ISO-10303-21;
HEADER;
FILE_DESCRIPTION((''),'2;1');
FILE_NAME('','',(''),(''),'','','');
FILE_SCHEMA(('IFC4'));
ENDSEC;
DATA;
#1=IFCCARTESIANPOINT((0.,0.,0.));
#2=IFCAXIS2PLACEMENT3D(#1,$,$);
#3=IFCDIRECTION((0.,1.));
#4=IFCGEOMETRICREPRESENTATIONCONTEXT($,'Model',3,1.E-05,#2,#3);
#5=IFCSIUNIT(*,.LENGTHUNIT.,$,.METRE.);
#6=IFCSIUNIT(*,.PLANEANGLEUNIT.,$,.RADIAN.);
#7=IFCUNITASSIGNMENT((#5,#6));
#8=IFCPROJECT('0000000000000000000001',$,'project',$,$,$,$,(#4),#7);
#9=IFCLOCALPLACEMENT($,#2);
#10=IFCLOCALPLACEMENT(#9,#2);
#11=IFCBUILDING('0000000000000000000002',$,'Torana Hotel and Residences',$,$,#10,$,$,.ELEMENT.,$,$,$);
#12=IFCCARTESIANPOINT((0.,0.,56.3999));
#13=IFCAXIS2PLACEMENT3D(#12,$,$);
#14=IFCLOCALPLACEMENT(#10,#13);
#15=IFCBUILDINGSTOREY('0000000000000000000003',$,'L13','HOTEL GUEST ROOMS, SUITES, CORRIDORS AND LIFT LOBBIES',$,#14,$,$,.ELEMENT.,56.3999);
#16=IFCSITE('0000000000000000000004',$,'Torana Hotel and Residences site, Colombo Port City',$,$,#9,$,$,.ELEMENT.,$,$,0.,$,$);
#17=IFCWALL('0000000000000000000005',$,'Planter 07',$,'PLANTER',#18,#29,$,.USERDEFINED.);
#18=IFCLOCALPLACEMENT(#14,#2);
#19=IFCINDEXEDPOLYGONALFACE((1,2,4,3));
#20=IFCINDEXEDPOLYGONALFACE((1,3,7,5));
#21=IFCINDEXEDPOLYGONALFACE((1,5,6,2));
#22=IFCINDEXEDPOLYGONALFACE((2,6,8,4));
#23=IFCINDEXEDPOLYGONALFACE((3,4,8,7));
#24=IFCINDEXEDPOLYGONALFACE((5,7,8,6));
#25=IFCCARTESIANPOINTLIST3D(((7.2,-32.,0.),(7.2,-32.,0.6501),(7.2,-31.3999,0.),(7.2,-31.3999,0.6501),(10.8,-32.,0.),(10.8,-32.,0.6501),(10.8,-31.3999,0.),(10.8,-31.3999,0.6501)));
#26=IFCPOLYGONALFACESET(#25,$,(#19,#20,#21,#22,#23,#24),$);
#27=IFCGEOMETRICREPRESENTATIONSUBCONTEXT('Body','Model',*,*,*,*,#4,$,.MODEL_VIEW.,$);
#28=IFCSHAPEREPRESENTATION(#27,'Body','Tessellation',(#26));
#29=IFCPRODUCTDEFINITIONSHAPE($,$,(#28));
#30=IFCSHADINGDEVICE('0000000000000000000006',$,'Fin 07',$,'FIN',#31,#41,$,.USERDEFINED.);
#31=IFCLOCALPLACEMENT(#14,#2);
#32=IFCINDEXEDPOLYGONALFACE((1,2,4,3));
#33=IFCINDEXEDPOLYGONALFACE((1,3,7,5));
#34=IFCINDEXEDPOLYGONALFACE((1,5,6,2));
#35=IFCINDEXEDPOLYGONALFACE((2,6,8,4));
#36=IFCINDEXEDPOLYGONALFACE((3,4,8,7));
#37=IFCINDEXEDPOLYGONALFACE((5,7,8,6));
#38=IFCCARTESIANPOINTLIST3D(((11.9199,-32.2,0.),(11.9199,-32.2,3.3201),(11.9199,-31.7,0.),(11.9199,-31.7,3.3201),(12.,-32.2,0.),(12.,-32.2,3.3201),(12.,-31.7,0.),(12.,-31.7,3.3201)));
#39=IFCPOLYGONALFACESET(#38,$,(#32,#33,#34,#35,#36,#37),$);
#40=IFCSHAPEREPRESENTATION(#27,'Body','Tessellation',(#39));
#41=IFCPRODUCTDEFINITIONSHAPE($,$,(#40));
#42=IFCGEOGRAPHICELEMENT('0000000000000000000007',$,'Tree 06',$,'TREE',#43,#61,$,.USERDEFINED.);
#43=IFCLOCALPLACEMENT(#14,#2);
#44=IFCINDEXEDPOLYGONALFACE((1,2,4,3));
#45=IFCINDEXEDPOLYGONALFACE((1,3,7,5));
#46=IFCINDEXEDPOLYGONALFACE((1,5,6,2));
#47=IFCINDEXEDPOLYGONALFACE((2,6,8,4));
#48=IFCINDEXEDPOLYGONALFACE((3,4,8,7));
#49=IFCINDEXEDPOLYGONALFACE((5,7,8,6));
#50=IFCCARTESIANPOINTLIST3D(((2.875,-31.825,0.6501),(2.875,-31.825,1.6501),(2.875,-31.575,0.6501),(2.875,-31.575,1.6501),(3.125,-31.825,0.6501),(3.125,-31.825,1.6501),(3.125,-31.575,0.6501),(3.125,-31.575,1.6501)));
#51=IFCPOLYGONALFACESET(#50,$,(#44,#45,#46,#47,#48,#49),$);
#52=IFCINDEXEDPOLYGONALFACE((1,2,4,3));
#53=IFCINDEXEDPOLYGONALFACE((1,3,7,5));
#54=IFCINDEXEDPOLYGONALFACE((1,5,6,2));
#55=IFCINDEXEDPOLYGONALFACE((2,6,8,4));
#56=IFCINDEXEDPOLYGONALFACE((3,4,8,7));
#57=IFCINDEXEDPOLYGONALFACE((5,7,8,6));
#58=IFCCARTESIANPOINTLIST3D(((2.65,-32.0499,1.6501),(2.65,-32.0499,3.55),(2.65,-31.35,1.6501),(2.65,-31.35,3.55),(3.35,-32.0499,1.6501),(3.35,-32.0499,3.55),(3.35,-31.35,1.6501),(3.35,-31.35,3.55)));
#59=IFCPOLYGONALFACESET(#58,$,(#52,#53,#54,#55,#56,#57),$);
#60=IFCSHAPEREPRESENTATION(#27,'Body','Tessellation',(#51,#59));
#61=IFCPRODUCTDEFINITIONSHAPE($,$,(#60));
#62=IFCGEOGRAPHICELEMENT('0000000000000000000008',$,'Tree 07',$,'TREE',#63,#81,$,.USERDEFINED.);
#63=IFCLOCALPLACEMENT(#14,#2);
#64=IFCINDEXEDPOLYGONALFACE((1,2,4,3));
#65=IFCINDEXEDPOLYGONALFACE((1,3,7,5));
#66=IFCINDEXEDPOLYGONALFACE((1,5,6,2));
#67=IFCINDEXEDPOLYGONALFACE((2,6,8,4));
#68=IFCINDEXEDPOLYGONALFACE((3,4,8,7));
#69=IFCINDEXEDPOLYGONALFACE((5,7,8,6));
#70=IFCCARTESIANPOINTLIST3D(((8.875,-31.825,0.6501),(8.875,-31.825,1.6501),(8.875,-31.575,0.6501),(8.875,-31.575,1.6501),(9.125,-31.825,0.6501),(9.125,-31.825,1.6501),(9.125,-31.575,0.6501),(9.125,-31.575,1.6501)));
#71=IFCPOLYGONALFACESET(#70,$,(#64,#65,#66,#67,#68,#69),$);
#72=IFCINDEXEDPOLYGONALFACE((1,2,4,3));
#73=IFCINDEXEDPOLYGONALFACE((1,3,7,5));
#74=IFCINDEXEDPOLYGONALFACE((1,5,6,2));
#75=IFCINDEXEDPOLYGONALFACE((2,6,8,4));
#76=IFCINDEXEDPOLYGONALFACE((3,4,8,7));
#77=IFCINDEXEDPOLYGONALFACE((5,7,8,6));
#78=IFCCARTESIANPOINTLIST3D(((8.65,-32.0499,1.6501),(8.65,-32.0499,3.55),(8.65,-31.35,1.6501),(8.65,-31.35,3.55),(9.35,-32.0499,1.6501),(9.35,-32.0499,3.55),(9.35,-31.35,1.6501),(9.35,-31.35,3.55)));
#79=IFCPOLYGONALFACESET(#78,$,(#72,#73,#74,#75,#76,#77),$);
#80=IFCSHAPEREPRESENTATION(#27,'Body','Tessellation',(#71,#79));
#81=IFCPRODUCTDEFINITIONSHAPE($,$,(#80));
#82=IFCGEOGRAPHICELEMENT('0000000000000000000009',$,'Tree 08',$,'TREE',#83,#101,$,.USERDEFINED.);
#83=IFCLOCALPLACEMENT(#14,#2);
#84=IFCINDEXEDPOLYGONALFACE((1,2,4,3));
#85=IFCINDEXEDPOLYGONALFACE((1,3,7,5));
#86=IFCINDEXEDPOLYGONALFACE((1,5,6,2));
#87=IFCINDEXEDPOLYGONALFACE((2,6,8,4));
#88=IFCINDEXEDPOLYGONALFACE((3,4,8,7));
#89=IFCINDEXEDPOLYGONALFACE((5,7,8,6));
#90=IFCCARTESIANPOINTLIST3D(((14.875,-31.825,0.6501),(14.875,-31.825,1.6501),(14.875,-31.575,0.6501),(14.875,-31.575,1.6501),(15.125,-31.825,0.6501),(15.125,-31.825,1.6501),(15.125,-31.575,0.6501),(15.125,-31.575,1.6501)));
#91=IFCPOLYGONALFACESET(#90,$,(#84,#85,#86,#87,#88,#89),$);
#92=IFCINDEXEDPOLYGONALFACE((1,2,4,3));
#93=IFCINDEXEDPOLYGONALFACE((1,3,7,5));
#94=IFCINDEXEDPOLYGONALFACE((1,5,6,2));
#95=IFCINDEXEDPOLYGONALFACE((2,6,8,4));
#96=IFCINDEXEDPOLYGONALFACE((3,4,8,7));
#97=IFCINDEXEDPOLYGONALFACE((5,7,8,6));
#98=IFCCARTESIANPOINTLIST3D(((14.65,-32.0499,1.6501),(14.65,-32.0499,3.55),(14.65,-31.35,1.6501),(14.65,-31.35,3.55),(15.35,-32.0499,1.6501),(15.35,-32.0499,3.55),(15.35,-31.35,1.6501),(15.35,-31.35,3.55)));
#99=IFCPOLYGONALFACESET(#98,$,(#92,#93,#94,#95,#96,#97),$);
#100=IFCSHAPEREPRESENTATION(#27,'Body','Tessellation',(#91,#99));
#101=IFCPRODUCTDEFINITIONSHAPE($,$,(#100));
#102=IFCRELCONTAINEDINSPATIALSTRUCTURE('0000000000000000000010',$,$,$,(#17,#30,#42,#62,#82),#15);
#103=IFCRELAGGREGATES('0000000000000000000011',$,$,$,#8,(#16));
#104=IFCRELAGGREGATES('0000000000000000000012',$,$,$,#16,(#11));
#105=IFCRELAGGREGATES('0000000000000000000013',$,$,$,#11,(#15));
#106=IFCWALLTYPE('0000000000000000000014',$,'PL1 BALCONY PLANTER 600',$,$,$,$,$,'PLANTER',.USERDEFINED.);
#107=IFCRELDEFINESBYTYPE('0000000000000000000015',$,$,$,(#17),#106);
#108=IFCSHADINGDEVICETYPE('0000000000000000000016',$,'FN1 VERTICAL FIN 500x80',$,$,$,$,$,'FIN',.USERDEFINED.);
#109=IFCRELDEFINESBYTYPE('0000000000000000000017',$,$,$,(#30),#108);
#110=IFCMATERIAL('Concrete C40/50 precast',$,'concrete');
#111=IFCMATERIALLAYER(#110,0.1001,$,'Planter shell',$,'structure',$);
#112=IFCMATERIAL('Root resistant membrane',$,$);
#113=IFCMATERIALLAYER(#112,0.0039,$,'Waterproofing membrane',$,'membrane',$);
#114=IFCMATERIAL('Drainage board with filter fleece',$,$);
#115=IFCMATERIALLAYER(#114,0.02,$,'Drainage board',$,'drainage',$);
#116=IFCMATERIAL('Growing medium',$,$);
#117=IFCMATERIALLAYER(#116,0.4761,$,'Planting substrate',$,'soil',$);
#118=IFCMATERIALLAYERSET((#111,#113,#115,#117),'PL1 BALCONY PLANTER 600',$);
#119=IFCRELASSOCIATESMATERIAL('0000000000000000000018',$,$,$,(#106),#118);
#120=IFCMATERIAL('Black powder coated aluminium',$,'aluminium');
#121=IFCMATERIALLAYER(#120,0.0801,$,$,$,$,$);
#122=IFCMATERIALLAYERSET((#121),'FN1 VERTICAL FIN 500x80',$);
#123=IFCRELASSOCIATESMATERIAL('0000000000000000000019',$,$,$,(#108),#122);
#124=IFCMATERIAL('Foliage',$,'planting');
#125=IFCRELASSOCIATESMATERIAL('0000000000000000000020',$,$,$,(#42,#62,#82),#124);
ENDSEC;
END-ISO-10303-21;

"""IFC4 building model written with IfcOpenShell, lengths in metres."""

from ifc_helpers import new_model, si_unit, direction, frame, frame_2d, origin, origin_2d, place, context, subcontext, project, spatial, rectangle, extrude, material, layer, layer_set, type_object, element, save


model = new_model("IFC4")

# Units and contexts
model_context = context("Model", 3, precision=1e-05, world=origin(), true_north=direction((0.0, 1.0)))
body_context = subcontext(model_context, "Body", "Model", "MODEL_VIEW")
ifc_project = project(units=[si_unit("LENGTHUNIT", "METRE"), si_unit("PLANEANGLEUNIT", "RADIAN")], contexts=[model_context])

# Site, building, storey
site_placement = place(None, origin())
site = spatial("IfcSite", under=ifc_project, at=site_placement, Name="Torana Hotel and Residences site, Colombo Port City", CompositionType="ELEMENT", RefElevation=0.0)
building_placement = place(site_placement, origin())
building = spatial("IfcBuilding", under=site, at=building_placement, Name="Torana Hotel and Residences", CompositionType="ELEMENT")
storey_placement = place(building_placement, frame((0.0, 0.0, 56.3999)))
storey = spatial("IfcBuildingStorey", under=building, at=storey_placement, Name="L13", Description="HOTEL GUEST ROOMS, SUITES, CORRIDORS AND LIFT LOBBIES", CompositionType="ELEMENT", Elevation=56.3999)

# Wall
ifc_material_1 = material(Name="Concrete C40/50 precast", Category="concrete")
ifc_layer_1 = layer(ifc_material_1, 0.1001, Name="Planter shell", Category="structure")
ifc_material_2 = material(Name="Root resistant membrane")
ifc_layer_2 = layer(ifc_material_2, 0.0039, Name="Waterproofing membrane", Category="membrane")
ifc_material_3 = material(Name="Drainage board with filter fleece")
ifc_layer_3 = layer(ifc_material_3, 0.02, Name="Drainage board", Category="drainage")
ifc_material_4 = material(Name="Growing medium")
ifc_layer_4 = layer(ifc_material_4, 0.4761, Name="Planting substrate", Category="soil")
ifc_layer_set_1 = layer_set([ifc_layer_1, ifc_layer_2, ifc_layer_3, ifc_layer_4], Name="PL1 BALCONY PLANTER 600")
wall_type_1 = type_object("IfcWallType", Name="PL1 BALCONY PLANTER 600", ElementType="PLANTER", PredefinedType="USERDEFINED", material=ifc_layer_set_1)
for number, where, z_axis, x_axis, name in (
    (1, (10.8, -31.7, 0.0), (0.0, 0.0, 1.0), (-1.0, 0.0, 0.0), "Planter 07"),
):
    element("IfcWall", number, at=place(storey_placement, frame(where, z_axis=z_axis, x_axis=x_axis)), inside=storey, type_object=wall_type_1, Name=name, ObjectType="PLANTER", PredefinedType="USERDEFINED", context=body_context, shape_type="SweptSolid", body=[
        extrude(rectangle(XDim=3.6001, YDim=0.6001, at=frame_2d((1.8, 0.0))), origin(), (0.0, 0.0, 1.0), 0.6501),
    ])

# Shading device
ifc_material_5 = material(Name="Black powder coated aluminium", Category="aluminium")
ifc_layer_5 = layer(ifc_material_5, 0.0801)
ifc_layer_set_2 = layer_set([ifc_layer_5], Name="FN1 VERTICAL FIN 500x80")
shading_device_type = type_object("IfcShadingDeviceType", Name="FN1 VERTICAL FIN 500x80", ElementType="FIN", PredefinedType="USERDEFINED", material=ifc_layer_set_2)
shading_device_placement = place(storey_placement, frame((11.96, -31.95, 0.0), z_axis=(0.0, 0.0, 1.0), x_axis=(-1.0, 0.0, 0.0)))
element("IfcShadingDevice", 2, at=shading_device_placement, inside=storey, type_object=shading_device_type, Name="Fin 07", ObjectType="FIN", PredefinedType="USERDEFINED", context=body_context, shape_type="SweptSolid", body=[
    extrude(rectangle(XDim=0.0801, YDim=0.5, at=origin_2d()), origin(), (0.0, 0.0, 1.0), 3.3201),
])

# Geographic elements
ifc_material_6 = material(Name="Foliage", Category="planting")
for number, where, z_axis, x_axis, name in (
    (3, (3.0, -31.7, 0.6501), (0.0, 0.0, 1.0), (1.0, 0.0, 0.0), "Tree 06"),
    (4, (9.0, -31.7, 0.6501), (0.0, 0.0, 1.0), (1.0, 0.0, 0.0), "Tree 07"),
    (5, (15.0, -31.7, 0.6501), (0.0, 0.0, 1.0), (1.0, 0.0, 0.0), "Tree 08"),
):
    element("IfcGeographicElement", number, at=place(storey_placement, frame(where, z_axis=z_axis, x_axis=x_axis)), inside=storey, material=ifc_material_6, Name=name, ObjectType="TREE", PredefinedType="USERDEFINED", context=body_context, shape_type="SweptSolid", body=[
        extrude(rectangle(XDim=0.25, YDim=0.25, at=origin_2d()), origin(), (0.0, 0.0, 1.0), 1.0),
        extrude(rectangle(XDim=0.7, YDim=0.7, at=origin_2d()), frame((0.0, 0.0, 1.0)), (0.0, 0.0, 1.0), 1.8999),
    ])

save(model, "model.ifc")
